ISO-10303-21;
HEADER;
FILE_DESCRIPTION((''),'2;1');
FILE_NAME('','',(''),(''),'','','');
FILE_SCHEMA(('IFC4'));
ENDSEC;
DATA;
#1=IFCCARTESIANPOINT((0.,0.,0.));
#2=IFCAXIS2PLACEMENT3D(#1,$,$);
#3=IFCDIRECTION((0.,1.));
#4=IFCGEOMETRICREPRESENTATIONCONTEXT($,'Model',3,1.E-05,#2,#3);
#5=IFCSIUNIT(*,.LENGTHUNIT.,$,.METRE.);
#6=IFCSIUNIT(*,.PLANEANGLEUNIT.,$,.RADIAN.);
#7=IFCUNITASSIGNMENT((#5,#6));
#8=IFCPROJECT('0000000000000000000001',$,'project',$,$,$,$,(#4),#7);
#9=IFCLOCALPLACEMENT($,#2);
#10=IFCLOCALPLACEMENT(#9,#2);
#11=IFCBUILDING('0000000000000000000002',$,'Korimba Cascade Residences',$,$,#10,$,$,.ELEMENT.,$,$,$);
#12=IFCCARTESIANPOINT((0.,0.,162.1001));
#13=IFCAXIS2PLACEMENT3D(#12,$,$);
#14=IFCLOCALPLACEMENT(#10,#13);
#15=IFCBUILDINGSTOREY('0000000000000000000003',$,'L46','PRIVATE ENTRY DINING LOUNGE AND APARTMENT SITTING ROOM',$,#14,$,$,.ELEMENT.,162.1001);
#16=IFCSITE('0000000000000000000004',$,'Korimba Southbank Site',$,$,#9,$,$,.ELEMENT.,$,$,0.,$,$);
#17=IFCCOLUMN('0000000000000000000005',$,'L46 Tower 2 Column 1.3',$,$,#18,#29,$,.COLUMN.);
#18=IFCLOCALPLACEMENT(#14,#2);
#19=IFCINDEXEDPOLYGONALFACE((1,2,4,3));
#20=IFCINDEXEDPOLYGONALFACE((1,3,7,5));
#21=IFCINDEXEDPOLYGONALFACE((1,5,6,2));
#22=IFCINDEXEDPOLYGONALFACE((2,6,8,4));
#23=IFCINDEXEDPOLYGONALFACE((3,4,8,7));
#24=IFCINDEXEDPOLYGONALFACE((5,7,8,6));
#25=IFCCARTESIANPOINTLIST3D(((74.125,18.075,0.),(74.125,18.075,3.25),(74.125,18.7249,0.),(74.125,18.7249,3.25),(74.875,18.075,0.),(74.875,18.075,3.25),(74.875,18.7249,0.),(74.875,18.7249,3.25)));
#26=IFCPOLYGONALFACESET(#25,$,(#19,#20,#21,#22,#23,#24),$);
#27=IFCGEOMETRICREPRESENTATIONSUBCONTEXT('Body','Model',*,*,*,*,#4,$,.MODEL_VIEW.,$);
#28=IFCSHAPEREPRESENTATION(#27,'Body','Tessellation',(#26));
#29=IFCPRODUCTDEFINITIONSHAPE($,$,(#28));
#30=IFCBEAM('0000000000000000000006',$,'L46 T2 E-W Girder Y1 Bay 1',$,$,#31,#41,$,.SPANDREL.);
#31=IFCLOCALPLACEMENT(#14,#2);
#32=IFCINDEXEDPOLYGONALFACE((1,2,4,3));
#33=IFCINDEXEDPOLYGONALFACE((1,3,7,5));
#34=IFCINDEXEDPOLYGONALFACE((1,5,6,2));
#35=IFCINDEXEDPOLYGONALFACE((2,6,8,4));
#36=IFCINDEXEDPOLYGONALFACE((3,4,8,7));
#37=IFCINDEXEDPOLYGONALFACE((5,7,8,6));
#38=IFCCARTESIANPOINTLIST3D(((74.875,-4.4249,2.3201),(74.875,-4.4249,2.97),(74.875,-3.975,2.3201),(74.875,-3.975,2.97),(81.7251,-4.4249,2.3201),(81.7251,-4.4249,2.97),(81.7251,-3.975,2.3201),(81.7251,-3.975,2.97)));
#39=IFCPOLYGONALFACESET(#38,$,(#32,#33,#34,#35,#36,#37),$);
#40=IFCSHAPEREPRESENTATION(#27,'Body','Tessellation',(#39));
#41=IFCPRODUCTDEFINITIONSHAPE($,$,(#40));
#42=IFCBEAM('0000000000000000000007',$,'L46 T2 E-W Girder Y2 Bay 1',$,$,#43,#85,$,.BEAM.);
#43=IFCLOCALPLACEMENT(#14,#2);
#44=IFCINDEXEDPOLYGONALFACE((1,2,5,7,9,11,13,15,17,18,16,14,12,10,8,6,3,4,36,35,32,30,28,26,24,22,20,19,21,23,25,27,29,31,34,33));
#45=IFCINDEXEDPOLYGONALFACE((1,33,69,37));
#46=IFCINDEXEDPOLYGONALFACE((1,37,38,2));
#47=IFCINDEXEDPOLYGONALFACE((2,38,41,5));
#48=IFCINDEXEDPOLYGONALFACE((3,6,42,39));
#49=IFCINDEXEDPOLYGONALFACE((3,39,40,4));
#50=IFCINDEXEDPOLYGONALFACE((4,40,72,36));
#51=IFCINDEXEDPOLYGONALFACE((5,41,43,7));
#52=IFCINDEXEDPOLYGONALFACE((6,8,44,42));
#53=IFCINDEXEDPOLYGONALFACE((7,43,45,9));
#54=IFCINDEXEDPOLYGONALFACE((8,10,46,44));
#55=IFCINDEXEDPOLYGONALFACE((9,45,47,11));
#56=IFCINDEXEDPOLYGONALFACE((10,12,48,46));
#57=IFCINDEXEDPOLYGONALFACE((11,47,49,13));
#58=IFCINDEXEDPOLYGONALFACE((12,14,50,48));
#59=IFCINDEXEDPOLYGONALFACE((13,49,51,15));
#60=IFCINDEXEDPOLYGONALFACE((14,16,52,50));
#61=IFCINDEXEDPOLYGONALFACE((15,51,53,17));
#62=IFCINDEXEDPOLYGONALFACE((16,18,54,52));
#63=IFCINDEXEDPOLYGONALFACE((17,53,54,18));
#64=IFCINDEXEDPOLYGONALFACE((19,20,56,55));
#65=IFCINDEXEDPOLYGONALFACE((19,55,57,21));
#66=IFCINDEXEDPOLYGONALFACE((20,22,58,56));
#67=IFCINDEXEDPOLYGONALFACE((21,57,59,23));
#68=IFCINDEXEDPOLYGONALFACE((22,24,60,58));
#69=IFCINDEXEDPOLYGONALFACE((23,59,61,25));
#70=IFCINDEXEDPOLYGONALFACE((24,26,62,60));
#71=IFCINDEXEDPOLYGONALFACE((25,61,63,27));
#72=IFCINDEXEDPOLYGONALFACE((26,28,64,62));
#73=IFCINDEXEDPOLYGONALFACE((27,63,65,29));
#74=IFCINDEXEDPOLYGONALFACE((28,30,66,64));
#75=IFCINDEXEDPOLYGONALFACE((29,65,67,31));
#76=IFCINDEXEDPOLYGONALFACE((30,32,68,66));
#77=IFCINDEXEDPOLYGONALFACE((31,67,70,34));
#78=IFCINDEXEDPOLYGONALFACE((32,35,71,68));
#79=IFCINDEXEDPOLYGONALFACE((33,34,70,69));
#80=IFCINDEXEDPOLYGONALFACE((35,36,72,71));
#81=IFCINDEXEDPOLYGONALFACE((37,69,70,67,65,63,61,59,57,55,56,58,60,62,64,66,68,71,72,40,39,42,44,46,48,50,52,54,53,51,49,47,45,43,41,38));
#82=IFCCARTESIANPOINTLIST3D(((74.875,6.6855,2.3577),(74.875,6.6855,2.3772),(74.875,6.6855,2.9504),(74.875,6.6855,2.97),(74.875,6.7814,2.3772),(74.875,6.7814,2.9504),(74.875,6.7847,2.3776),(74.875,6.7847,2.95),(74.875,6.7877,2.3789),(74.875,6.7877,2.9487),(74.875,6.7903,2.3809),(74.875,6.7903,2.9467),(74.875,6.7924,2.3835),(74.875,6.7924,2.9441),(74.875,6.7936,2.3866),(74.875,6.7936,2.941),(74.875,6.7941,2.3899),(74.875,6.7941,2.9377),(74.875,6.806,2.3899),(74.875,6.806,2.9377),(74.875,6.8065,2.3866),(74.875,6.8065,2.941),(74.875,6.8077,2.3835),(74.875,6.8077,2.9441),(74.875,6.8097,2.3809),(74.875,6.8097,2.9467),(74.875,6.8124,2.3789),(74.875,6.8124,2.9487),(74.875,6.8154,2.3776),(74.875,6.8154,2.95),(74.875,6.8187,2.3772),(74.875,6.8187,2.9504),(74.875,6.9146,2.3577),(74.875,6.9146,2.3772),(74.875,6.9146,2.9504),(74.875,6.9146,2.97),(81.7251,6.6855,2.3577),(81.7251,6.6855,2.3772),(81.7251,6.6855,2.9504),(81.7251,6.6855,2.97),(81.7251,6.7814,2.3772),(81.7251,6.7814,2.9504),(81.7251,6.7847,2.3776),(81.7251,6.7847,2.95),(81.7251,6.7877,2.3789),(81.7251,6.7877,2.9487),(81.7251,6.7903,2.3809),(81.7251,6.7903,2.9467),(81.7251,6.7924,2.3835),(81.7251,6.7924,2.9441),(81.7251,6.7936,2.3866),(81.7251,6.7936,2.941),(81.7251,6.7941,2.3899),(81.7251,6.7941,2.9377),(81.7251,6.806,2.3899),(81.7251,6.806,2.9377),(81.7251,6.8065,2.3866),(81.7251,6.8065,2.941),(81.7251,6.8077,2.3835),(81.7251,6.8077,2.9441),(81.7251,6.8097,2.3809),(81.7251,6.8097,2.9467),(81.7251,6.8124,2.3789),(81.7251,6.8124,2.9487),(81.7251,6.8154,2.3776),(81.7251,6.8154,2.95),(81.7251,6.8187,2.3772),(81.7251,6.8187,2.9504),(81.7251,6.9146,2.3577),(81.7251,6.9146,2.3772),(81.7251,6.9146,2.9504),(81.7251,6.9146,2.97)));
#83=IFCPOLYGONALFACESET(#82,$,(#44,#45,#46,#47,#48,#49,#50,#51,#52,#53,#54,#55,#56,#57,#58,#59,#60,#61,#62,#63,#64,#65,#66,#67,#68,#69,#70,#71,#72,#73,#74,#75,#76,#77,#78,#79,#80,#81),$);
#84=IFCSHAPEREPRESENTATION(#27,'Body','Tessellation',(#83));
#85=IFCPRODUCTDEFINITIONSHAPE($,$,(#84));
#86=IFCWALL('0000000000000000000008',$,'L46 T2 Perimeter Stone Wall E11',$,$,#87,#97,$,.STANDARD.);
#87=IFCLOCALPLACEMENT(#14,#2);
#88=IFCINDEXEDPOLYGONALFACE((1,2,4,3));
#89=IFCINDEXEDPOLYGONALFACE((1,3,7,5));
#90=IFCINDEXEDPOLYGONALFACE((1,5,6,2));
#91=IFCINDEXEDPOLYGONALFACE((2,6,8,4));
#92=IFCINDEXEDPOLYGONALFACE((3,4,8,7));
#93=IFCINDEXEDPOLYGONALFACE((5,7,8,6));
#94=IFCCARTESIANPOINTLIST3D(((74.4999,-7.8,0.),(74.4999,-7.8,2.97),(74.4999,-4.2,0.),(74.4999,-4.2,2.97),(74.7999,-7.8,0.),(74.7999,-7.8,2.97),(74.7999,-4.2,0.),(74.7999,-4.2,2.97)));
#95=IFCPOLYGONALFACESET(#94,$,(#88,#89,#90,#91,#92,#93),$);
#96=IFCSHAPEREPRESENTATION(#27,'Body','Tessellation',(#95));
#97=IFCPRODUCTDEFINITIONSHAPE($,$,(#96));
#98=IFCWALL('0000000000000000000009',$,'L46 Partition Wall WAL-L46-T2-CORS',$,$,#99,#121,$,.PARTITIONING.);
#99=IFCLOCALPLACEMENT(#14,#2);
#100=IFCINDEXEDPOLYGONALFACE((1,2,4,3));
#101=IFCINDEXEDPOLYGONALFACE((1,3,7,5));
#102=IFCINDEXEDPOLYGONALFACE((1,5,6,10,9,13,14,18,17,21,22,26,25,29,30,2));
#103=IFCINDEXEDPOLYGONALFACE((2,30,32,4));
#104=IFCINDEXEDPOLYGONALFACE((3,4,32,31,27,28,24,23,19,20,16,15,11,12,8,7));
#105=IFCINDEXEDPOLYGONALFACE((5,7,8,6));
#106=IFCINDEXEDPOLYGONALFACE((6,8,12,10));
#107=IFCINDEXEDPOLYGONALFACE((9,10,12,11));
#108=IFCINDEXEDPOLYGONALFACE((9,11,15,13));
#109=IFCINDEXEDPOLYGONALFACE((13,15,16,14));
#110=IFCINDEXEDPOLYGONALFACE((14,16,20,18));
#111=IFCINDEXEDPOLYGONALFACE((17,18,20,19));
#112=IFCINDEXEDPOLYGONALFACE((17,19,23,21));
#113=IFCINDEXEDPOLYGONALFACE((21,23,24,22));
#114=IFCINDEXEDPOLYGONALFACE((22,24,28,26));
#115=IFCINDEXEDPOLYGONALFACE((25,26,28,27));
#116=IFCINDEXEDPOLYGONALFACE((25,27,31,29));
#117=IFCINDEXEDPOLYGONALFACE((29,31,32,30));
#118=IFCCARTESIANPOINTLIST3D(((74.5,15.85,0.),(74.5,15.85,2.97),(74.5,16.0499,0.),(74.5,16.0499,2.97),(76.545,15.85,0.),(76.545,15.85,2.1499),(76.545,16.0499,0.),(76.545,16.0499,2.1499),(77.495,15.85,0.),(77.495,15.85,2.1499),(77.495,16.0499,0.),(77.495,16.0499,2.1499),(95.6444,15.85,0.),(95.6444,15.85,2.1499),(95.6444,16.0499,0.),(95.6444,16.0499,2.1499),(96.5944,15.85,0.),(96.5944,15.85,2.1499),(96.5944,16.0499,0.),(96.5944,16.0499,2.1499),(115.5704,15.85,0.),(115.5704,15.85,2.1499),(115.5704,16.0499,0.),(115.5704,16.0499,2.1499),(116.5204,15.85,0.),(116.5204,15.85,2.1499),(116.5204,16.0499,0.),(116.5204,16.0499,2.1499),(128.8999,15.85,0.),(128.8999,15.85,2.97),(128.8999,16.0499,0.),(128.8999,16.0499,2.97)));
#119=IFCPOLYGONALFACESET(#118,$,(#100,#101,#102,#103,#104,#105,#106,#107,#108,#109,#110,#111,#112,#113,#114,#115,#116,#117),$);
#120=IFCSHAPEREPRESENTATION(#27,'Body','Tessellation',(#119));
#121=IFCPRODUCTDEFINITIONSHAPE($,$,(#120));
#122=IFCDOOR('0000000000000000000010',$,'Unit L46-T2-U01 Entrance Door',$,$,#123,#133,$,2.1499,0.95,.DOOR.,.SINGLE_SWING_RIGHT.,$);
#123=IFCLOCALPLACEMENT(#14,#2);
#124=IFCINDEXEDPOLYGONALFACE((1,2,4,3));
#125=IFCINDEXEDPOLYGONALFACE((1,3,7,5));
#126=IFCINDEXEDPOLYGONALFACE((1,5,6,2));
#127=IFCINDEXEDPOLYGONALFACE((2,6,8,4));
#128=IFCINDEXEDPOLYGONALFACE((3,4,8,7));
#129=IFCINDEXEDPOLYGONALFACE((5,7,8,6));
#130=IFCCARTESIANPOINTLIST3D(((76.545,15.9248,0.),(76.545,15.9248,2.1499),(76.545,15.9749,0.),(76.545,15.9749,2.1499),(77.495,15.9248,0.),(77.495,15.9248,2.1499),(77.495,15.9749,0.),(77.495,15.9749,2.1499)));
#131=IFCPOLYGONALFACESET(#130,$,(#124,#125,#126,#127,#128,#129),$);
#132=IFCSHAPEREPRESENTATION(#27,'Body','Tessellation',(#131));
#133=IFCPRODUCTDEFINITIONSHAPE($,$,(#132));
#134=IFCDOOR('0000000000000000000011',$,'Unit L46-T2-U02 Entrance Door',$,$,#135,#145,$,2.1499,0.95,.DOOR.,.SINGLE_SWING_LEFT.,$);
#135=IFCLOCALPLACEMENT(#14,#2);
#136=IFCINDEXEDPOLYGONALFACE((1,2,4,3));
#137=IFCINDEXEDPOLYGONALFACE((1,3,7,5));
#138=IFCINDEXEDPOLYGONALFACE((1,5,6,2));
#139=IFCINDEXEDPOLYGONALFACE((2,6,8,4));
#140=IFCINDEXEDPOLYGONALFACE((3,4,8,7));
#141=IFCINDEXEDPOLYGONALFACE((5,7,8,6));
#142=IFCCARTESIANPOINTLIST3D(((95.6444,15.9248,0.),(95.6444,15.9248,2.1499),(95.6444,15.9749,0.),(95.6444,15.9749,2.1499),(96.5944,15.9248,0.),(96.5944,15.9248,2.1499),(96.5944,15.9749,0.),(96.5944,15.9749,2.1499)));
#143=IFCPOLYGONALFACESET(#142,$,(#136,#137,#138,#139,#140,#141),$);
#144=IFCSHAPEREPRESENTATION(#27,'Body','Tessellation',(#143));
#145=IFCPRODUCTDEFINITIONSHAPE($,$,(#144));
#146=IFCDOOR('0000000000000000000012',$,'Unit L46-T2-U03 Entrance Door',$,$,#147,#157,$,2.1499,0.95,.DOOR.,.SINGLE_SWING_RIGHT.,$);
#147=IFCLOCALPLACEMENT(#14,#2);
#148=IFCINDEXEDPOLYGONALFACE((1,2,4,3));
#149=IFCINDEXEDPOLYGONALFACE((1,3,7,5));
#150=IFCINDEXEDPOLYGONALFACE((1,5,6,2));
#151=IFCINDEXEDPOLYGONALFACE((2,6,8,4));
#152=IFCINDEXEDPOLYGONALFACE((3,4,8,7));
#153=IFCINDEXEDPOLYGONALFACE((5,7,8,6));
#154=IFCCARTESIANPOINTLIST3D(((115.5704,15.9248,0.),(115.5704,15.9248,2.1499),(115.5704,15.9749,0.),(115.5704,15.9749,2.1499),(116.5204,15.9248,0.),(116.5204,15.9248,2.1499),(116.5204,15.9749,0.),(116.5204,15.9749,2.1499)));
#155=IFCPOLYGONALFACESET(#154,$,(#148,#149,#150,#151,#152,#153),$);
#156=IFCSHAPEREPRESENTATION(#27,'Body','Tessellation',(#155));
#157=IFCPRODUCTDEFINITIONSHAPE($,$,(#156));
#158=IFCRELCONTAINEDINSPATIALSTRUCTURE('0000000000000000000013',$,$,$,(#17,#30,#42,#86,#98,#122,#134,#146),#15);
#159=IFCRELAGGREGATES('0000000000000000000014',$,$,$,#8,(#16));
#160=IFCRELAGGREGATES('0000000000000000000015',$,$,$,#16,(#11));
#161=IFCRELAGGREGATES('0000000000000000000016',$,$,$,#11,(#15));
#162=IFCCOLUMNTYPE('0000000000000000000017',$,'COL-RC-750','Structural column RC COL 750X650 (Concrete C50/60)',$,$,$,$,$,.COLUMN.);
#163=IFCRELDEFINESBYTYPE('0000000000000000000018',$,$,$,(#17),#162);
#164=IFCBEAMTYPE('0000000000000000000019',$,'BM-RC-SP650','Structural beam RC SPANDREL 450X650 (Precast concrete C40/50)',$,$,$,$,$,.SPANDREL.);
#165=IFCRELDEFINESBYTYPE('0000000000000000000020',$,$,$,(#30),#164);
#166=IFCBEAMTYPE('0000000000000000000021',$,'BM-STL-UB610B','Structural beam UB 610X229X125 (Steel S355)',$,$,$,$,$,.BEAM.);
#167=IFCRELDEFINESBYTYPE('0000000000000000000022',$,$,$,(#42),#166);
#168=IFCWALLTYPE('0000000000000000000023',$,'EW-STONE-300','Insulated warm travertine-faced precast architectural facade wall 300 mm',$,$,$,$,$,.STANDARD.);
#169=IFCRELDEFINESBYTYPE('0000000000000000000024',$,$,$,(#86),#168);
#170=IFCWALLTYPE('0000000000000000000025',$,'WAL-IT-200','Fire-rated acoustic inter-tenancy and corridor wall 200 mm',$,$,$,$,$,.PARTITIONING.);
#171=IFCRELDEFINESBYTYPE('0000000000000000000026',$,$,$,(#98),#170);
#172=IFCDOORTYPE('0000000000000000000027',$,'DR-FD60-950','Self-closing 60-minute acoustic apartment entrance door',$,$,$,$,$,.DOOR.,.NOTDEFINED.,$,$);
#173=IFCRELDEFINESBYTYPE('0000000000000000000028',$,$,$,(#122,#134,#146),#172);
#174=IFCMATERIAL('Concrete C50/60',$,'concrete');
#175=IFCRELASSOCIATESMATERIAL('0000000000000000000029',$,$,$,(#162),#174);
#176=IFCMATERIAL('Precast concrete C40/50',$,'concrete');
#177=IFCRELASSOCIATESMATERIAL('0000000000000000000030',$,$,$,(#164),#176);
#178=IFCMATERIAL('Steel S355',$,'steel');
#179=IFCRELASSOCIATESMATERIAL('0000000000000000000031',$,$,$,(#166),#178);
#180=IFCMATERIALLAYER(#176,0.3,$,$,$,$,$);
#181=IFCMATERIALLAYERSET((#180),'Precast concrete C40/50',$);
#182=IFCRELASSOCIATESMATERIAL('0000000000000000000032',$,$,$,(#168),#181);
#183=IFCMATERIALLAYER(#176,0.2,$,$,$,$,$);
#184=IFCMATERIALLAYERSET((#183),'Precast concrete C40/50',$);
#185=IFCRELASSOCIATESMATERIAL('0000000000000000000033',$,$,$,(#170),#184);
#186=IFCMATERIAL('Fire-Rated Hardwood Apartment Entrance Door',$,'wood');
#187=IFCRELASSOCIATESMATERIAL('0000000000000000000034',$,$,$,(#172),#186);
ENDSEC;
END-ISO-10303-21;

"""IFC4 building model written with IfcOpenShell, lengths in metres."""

from ifc_helpers import new_model, si_unit, direction, frame, frame_2d, origin, origin_2d, place, context, subcontext, project, spatial, rectangle, i_section, extrude, material, layer, layer_set, material_profile, profile_set, type_object, element, fill, save


model = new_model("IFC4")

# Units and contexts
model_context = context("Model", 3, precision=1e-05, world=origin(), true_north=direction((0.0, 1.0)))
body_context = subcontext(model_context, "Body", "Model", "MODEL_VIEW")
ifc_project = project(units=[si_unit("LENGTHUNIT", "METRE"), si_unit("PLANEANGLEUNIT", "RADIAN")], contexts=[model_context])

# Site, building, storey
site_placement = place(None, origin())
site = spatial("IfcSite", under=ifc_project, at=site_placement, Name="Korimba Southbank Site", CompositionType="ELEMENT", RefElevation=0.0)
building_placement = place(site_placement, origin())
building = spatial("IfcBuilding", under=site, at=building_placement, Name="Korimba Cascade Residences", CompositionType="ELEMENT")
storey_placement = place(building_placement, frame((0.0, 0.0, 162.1001)))
storey = spatial("IfcBuildingStorey", under=building, at=storey_placement, Name="L46", Description="PRIVATE ENTRY DINING LOUNGE AND APARTMENT SITTING ROOM", CompositionType="ELEMENT", Elevation=162.1001)

# Column
ifc_material_1 = material(Name="Concrete C50/60", Category="concrete")
ifc_material_profile_1 = material_profile(ifc_material_1, rectangle(XDim=0.75, YDim=0.6499, at=origin_2d()), Name="Concrete C50/60")
ifc_profile_set_1 = profile_set([ifc_material_profile_1], Name="Concrete C50/60")
column_type = type_object("IfcColumnType", Name="COL-RC-750", Description="Structural column RC COL 750X650 (Concrete C50/60)", PredefinedType="COLUMN", material=ifc_profile_set_1)
column_placement = place(storey_placement, frame((74.5, 18.3999, 0.0), z_axis=(0.0, 0.0, 1.0), x_axis=(1.0, 0.0, 0.0)))
element("IfcColumn", 1, at=column_placement, inside=storey, type_object=column_type, Name="L46 Tower 2 Column 1.3", PredefinedType="COLUMN", context=body_context, shape_type="SweptSolid", body=[
    extrude(rectangle(XDim=0.75, YDim=0.6499, at=origin_2d()), origin(), (0.0, 0.0, 1.0), 3.25),
])

# Beams
ifc_material_2 = material(Name="Precast concrete C40/50", Category="concrete")
ifc_material_profile_2 = material_profile(ifc_material_2, rectangle(XDim=0.45, YDim=0.6499, at=origin_2d()), Name="Precast concrete C40/50")
ifc_profile_set_2 = profile_set([ifc_material_profile_2], Name="Precast concrete C40/50")
beam_type_1 = type_object("IfcBeamType", Name="BM-RC-SP650", Description="Structural beam RC SPANDREL 450X650 (Precast concrete C40/50)", PredefinedType="SPANDREL", material=ifc_profile_set_2)
beam_1_placement = place(storey_placement, frame((74.875, -4.2, 2.645), z_axis=(1.0, 0.0, 0.0), x_axis=(0.0, 1.0, 0.0)))
element("IfcBeam", 2, at=beam_1_placement, inside=storey, type_object=beam_type_1, Name="L46 T2 E-W Girder Y1 Bay 1", PredefinedType="SPANDREL", context=body_context, shape_type="SweptSolid", body=[
    extrude(rectangle(XDim=0.45, YDim=0.6499, at=origin_2d()), origin(), (0.0, 0.0, 1.0), 6.8501),
])
ifc_material_3 = material(Name="Steel S355", Category="steel")
ifc_material_profile_3 = material_profile(ifc_material_3, i_section(OverallWidth=0.229, OverallDepth=0.6123, WebThickness=0.012, FlangeThickness=0.0195, FilletRadius=0.0127, at=origin_2d()), Name="Steel S355")
ifc_profile_set_3 = profile_set([ifc_material_profile_3], Name="Steel S355")
beam_type_2 = type_object("IfcBeamType", Name="BM-STL-UB610B", Description="Structural beam UB 610X229X125 (Steel S355)", PredefinedType="BEAM", material=ifc_profile_set_3)
beam_2_placement = place(storey_placement, frame((74.875, 6.8, 2.6638), z_axis=(1.0, 0.0, 0.0), x_axis=(0.0, 1.0, 0.0)))
element("IfcBeam", 3, at=beam_2_placement, inside=storey, type_object=beam_type_2, Name="L46 T2 E-W Girder Y2 Bay 1", PredefinedType="BEAM", context=body_context, shape_type="SweptSolid", body=[
    extrude(i_section(OverallWidth=0.229, OverallDepth=0.6123, WebThickness=0.012, FlangeThickness=0.0195, FilletRadius=0.0127, at=origin_2d()), origin(), (0.0, 0.0, 1.0), 6.8501),
])

# Wall
ifc_layer_1 = layer(ifc_material_2, 0.3)
ifc_layer_set_1 = layer_set([ifc_layer_1], Name="Precast concrete C40/50")
wall_type_1 = type_object("IfcWallType", Name="EW-STONE-300", Description="Insulated warm travertine-faced precast architectural facade wall 300 mm", PredefinedType="STANDARD", material=ifc_layer_set_1)
wall_1_placement = place(storey_placement, frame((74.6499, -4.2, 0.0), z_axis=(0.0, 0.0, 1.0), x_axis=(0.0, -1.0, 0.0)))
element("IfcWall", 4, at=wall_1_placement, inside=storey, type_object=wall_type_1, Name="L46 T2 Perimeter Stone Wall E11", PredefinedType="STANDARD", context=body_context, shape_type="SweptSolid", body=[
    extrude(rectangle(XDim=3.6001, YDim=0.3, at=frame_2d((1.8, 0.0))), origin(), (0.0, 0.0, 1.0), 2.97),
])

# Wall, openings, doors
ifc_layer_2 = layer(ifc_material_2, 0.2)
ifc_layer_set_2 = layer_set([ifc_layer_2], Name="Precast concrete C40/50")
wall_type_2 = type_object("IfcWallType", Name="WAL-IT-200", Description="Fire-rated acoustic inter-tenancy and corridor wall 200 mm", PredefinedType="PARTITIONING", material=ifc_layer_set_2)
wall_2_placement = place(storey_placement, frame((74.5, 15.95, 0.0), z_axis=(0.0, 0.0, 1.0), x_axis=(1.0, 0.0, 0.0)))
wall_2 = element("IfcWall", 5, at=wall_2_placement, inside=storey, type_object=wall_type_2, Name="L46 Partition Wall WAL-L46-T2-CORS", PredefinedType="PARTITIONING", context=body_context, shape_type="SweptSolid", body=[
    extrude(rectangle(XDim=54.3999, YDim=0.2, at=frame_2d((27.2, 0.0))), origin(), (0.0, 0.0, 1.0), 2.97),
])
opening_1_placement = place(wall_2_placement, frame((2.0449, 0.0, 0.0)))
opening_1 = element("IfcOpeningElement", 6, at=opening_1_placement, cuts=wall_2, PredefinedType="OPENING", context=body_context, shape_type="SweptSolid", body=[
    extrude(rectangle(XDim=0.95, YDim=2.1499, at=frame_2d((0.4751, 1.075))), frame((0.0, 0.1099, 0.0), z_axis=(0.0, -1.0, 0.0), x_axis=(1.0, 0.0, 0.0)), (0.0, 0.0, 1.0), 0.22),
])
opening_2_placement = place(wall_2_placement, frame((21.1443, 0.0, 0.0)))
opening_2 = element("IfcOpeningElement", 7, at=opening_2_placement, cuts=wall_2, PredefinedType="OPENING", context=body_context, shape_type="SweptSolid", body=[
    extrude(rectangle(XDim=0.95, YDim=2.1499, at=frame_2d((0.4751, 1.075))), frame((0.0, 0.1099, 0.0), z_axis=(0.0, -1.0, 0.0), x_axis=(1.0, 0.0, 0.0)), (0.0, 0.0, 1.0), 0.22),
])
opening_3_placement = place(wall_2_placement, frame((41.0703, 0.0, 0.0)))
opening_3 = element("IfcOpeningElement", 8, at=opening_3_placement, cuts=wall_2, PredefinedType="OPENING", context=body_context, shape_type="SweptSolid", body=[
    extrude(rectangle(XDim=0.95, YDim=2.1499, at=frame_2d((0.4751, 1.075))), frame((0.0, 0.1099, 0.0), z_axis=(0.0, -1.0, 0.0), x_axis=(1.0, 0.0, 0.0)), (0.0, 0.0, 1.0), 0.22),
])
ifc_material_4 = material(Name="Fire-Rated Hardwood Apartment Entrance Door", Category="wood")
door_type_1 = type_object("IfcDoorType", Name="DR-FD60-950", Description="Self-closing 60-minute acoustic apartment entrance door", OperationType="NOTDEFINED", PredefinedType="DOOR", material=ifc_material_4)
door_1_placement = place(opening_1_placement, origin())
door_1 = element("IfcDoor", 9, at=door_1_placement, inside=storey, type_object=door_type_1, Name="Unit L46-T2-U01 Entrance Door", OperationType="SINGLE_SWING_RIGHT", OverallHeight=2.1499, OverallWidth=0.95, PredefinedType="DOOR", context=body_context, shape_type="SweptSolid", body=[
    extrude(rectangle(XDim=0.95, YDim=2.1499, at=frame_2d((0.4751, 1.075))), frame((0.0, 0.0249, 0.0), z_axis=(0.0, -1.0, 0.0), x_axis=(1.0, 0.0, 0.0)), (0.0, 0.0, 1.0), 0.05),
])
fill(opening_1, door_1)
door_2_placement = place(opening_2_placement, origin())
door_2 = element("IfcDoor", 10, at=door_2_placement, inside=storey, type_object=door_type_1, Name="Unit L46-T2-U02 Entrance Door", OperationType="SINGLE_SWING_LEFT", OverallHeight=2.1499, OverallWidth=0.95, PredefinedType="DOOR", context=body_context, shape_type="SweptSolid", body=[
    extrude(rectangle(XDim=0.95, YDim=2.1499, at=frame_2d((0.4751, 1.075))), frame((0.0, 0.0249, 0.0), z_axis=(0.0, -1.0, 0.0), x_axis=(1.0, 0.0, 0.0)), (0.0, 0.0, 1.0), 0.05),
])
fill(opening_2, door_2)
door_3_placement = place(opening_3_placement, origin())
door_3 = element("IfcDoor", 11, at=door_3_placement, inside=storey, type_object=door_type_1, Name="Unit L46-T2-U03 Entrance Door", OperationType="SINGLE_SWING_RIGHT", OverallHeight=2.1499, OverallWidth=0.95, PredefinedType="DOOR", context=body_context, shape_type="SweptSolid", body=[
    extrude(rectangle(XDim=0.95, YDim=2.1499, at=frame_2d((0.4751, 1.075))), frame((0.0, 0.0249, 0.0), z_axis=(0.0, -1.0, 0.0), x_axis=(1.0, 0.0, 0.0)), (0.0, 0.0, 1.0), 0.05),
])
fill(opening_3, door_3)

save(model, "model.ifc")
